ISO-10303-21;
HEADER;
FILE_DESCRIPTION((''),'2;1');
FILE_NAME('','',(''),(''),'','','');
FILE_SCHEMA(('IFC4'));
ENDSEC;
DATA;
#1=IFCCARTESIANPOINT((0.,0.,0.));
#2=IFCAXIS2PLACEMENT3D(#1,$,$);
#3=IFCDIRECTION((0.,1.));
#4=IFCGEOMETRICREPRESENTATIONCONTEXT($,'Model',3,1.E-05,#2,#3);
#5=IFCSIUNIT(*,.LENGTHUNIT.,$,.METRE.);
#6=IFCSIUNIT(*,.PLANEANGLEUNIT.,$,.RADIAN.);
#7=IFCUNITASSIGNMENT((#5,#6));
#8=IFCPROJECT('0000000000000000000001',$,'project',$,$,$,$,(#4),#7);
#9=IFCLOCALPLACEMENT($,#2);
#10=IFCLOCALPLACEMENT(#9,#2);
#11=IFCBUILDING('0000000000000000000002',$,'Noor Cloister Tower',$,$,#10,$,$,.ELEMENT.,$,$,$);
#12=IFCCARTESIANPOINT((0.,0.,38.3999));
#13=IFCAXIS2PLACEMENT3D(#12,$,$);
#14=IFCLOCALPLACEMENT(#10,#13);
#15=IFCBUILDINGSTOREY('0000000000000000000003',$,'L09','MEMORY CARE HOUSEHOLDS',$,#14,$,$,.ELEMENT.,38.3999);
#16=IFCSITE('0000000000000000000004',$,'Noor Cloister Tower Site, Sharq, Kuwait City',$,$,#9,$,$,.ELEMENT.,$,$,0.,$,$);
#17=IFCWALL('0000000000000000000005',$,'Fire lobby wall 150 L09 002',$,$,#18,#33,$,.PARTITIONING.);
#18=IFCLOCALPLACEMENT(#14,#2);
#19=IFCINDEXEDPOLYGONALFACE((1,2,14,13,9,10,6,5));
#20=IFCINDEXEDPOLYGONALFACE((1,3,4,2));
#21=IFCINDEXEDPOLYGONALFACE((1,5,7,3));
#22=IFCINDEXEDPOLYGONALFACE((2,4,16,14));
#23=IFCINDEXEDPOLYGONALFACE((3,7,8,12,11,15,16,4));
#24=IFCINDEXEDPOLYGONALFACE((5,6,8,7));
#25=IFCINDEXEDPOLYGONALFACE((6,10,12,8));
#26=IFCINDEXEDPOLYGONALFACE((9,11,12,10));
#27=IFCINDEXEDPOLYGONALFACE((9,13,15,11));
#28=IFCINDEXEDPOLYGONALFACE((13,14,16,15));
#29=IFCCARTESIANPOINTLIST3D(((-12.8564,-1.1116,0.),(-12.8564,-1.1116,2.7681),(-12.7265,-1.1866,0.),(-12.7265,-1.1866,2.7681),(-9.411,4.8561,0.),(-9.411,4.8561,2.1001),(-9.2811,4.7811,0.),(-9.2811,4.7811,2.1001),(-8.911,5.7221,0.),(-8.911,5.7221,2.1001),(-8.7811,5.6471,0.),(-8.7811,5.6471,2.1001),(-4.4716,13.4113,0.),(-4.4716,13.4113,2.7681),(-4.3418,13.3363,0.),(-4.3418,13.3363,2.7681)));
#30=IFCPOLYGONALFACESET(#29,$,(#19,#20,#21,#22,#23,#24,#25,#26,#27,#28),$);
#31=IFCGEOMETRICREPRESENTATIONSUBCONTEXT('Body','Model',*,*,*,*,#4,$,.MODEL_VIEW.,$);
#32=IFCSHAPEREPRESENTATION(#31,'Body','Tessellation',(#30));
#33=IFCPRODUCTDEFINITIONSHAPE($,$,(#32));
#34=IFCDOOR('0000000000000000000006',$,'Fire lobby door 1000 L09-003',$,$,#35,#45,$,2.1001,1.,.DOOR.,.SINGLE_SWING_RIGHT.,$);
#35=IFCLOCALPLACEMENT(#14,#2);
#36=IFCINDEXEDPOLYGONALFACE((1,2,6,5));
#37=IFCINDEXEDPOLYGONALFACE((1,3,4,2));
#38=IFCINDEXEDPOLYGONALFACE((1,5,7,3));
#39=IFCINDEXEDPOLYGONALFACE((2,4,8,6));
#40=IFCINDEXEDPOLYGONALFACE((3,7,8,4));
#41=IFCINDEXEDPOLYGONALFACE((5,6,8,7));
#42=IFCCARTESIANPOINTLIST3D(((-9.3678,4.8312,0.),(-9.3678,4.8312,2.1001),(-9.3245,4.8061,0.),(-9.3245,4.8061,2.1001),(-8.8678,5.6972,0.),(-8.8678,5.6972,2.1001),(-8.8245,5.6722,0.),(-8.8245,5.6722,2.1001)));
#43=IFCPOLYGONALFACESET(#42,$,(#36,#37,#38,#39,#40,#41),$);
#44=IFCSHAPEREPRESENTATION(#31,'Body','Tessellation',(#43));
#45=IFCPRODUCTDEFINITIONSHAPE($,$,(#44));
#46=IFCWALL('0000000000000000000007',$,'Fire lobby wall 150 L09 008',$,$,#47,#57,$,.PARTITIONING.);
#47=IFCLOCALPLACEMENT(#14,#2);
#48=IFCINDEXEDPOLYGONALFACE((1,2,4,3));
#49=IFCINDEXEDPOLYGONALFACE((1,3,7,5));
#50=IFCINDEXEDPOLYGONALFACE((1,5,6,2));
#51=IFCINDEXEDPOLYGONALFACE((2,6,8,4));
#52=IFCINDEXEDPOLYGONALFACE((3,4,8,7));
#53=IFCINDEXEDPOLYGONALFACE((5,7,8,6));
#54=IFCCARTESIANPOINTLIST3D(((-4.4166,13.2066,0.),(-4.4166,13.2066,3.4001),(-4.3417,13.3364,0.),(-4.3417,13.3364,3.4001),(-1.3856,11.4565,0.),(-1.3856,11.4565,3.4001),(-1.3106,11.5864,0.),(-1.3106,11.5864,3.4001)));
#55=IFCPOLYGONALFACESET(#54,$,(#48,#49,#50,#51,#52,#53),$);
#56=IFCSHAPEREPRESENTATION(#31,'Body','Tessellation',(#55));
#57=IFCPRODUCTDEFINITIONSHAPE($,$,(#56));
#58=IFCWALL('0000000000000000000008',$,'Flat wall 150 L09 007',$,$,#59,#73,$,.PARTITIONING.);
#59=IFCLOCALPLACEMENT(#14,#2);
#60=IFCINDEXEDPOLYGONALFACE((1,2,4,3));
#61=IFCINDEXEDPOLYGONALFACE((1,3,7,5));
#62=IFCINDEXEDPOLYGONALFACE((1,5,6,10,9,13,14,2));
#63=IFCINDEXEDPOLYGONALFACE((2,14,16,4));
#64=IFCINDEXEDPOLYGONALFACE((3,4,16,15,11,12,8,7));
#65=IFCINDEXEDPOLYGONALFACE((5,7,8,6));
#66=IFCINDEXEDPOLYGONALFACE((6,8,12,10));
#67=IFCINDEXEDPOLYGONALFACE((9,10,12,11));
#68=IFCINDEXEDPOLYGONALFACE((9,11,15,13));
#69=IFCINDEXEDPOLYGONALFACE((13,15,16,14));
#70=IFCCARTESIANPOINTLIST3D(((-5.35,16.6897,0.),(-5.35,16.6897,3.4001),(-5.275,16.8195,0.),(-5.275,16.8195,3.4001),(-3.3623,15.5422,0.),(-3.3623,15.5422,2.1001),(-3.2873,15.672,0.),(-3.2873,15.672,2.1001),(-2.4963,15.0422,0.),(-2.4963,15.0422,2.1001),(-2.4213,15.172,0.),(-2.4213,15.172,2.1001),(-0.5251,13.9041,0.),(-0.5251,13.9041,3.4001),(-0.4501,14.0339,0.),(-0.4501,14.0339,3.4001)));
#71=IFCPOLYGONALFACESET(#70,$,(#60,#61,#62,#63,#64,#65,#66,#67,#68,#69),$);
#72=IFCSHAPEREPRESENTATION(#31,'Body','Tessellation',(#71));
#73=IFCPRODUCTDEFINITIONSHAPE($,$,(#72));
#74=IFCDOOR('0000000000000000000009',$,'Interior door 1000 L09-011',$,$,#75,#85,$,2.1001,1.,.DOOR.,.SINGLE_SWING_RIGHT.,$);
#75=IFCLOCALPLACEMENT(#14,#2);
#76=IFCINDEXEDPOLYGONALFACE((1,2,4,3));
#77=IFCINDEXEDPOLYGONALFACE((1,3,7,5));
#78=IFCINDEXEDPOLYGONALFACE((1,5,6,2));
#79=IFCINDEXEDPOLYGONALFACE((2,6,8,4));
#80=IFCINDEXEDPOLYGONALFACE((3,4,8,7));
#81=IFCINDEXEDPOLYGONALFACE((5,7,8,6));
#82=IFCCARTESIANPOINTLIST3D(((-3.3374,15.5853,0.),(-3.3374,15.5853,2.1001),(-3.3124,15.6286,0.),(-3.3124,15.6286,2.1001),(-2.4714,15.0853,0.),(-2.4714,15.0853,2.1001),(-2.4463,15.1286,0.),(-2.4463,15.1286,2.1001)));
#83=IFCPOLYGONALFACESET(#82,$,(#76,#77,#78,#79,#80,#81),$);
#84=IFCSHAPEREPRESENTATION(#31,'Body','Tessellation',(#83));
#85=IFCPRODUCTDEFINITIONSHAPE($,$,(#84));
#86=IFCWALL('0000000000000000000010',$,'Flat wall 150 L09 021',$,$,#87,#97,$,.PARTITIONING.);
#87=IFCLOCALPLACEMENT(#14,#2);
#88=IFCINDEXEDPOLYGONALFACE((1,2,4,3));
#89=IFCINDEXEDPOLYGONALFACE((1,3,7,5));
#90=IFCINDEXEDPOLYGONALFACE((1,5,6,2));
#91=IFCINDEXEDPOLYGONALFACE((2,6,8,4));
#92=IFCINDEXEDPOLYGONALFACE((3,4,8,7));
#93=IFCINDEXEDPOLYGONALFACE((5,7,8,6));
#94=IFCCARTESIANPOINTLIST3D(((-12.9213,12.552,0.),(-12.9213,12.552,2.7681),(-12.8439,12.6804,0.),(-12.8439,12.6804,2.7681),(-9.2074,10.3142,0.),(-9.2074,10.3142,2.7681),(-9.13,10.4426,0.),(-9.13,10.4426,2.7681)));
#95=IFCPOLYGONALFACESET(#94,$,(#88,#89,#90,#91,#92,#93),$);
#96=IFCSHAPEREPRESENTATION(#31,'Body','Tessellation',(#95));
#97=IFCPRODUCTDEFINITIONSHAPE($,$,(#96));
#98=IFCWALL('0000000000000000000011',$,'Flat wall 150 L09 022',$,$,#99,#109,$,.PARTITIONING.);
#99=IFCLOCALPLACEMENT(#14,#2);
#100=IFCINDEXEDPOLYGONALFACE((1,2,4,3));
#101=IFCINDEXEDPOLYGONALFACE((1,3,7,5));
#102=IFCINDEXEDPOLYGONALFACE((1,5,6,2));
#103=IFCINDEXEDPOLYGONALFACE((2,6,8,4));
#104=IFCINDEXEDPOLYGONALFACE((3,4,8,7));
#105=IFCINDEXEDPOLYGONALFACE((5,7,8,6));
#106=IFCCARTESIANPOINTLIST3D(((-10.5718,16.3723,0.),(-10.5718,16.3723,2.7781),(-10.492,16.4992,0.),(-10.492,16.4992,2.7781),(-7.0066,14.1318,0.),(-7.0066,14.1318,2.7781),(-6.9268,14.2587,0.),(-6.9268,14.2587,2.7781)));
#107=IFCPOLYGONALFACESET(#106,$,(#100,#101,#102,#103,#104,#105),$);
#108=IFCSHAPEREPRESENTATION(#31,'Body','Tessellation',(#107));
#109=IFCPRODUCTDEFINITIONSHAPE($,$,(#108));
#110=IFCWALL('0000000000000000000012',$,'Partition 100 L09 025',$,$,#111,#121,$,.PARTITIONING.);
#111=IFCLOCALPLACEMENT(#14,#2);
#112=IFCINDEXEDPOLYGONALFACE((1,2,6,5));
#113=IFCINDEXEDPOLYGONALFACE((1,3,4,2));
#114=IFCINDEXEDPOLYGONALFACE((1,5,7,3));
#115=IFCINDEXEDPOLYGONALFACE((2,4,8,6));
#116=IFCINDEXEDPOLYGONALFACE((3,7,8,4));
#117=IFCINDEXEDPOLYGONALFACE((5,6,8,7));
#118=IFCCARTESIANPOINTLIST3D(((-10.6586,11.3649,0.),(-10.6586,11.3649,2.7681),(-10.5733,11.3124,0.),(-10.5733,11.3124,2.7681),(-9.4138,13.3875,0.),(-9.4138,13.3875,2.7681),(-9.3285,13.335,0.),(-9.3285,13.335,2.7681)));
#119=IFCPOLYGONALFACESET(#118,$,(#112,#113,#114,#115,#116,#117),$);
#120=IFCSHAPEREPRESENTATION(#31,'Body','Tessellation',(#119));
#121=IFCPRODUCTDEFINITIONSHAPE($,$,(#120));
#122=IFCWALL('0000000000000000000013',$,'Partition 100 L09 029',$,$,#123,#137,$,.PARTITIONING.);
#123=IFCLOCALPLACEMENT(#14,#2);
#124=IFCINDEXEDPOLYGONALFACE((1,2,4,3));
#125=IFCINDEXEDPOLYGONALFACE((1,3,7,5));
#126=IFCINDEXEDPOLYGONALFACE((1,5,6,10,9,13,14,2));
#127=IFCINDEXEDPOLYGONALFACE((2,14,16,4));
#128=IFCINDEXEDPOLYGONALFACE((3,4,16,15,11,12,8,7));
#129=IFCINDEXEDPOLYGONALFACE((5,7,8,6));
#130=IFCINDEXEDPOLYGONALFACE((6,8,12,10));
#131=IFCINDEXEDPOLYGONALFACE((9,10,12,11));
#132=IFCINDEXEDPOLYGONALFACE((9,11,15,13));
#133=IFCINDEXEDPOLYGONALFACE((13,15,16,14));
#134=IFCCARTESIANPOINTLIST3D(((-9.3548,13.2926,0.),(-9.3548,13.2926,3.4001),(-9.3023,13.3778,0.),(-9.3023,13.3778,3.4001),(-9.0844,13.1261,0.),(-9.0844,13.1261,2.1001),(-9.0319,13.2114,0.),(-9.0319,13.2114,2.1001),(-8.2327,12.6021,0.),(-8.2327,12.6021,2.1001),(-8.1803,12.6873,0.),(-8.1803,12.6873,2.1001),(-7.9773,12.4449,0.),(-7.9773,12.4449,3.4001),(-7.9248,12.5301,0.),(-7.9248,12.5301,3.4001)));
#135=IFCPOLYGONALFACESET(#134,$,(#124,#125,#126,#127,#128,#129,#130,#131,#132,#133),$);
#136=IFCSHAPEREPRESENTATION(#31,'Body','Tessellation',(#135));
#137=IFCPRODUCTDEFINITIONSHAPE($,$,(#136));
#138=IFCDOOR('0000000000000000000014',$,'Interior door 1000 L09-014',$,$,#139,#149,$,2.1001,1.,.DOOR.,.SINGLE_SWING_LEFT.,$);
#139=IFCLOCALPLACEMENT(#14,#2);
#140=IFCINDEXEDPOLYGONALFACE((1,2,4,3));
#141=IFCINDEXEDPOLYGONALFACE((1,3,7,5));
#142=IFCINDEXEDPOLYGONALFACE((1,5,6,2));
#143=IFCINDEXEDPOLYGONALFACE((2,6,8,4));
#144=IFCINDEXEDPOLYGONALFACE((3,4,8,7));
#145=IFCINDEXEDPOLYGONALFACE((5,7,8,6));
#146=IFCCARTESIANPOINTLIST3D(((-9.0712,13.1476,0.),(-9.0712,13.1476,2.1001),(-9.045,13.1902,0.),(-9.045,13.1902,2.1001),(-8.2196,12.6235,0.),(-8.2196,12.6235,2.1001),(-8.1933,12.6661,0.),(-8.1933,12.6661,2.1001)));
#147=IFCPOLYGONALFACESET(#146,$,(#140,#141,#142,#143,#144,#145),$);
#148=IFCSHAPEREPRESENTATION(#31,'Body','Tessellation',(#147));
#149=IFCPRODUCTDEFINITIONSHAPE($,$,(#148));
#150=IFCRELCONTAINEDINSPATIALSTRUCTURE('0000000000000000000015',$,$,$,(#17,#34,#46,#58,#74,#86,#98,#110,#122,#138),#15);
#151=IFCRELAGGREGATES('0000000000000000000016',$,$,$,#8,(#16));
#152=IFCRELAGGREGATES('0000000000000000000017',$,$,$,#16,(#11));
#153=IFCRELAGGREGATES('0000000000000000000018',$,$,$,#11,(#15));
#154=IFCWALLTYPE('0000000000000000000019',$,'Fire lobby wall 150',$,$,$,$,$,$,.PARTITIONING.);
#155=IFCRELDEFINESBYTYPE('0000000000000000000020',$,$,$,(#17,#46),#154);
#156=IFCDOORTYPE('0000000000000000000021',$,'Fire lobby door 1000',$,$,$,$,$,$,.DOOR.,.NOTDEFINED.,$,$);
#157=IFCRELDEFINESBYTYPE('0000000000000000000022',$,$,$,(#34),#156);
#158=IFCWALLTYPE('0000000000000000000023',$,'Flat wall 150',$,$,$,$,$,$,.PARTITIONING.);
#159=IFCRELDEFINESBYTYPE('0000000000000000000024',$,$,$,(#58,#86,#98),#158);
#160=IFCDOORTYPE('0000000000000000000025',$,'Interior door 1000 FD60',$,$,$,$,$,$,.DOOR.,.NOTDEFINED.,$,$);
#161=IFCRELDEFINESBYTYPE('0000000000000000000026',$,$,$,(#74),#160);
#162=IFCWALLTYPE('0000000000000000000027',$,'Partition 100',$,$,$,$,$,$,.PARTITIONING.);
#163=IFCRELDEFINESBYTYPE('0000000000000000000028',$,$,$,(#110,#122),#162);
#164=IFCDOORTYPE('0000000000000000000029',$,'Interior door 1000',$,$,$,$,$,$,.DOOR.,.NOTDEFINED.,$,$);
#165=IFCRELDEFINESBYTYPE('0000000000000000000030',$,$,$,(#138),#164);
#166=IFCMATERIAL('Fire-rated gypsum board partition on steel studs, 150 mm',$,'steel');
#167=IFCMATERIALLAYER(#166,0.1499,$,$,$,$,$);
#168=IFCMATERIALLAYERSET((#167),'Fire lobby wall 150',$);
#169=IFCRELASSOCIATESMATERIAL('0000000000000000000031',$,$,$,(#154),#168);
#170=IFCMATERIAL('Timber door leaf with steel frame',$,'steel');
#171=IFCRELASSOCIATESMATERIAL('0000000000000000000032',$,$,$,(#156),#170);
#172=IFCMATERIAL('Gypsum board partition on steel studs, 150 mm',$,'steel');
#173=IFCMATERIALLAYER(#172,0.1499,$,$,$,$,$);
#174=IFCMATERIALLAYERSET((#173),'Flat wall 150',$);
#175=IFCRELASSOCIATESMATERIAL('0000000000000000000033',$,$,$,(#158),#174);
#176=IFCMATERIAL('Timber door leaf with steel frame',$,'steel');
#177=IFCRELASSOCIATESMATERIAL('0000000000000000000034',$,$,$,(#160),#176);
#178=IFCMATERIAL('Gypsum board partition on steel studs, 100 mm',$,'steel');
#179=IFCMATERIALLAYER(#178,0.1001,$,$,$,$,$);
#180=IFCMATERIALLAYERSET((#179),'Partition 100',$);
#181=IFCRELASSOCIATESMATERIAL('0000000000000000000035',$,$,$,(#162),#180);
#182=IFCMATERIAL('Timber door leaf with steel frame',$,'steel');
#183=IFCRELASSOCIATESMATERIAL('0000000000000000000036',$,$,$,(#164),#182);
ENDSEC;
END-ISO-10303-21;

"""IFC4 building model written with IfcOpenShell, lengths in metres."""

from ifc_helpers import new_model, si_unit, direction, frame, frame_2d, origin, place, context, subcontext, project, spatial, rectangle, extrude, material, layer, layer_set, type_object, element, fill, save


model = new_model("IFC4")

# Units and contexts
model_context = context("Model", 3, precision=1e-05, world=origin(), true_north=direction((0.0, 1.0)))
body_context = subcontext(model_context, "Body", "Model", "MODEL_VIEW")
ifc_project = project(units=[si_unit("LENGTHUNIT", "METRE"), si_unit("PLANEANGLEUNIT", "RADIAN")], contexts=[model_context])

# Site, building, storey
site_placement = place(None, origin())
site = spatial("IfcSite", under=ifc_project, at=site_placement, Name="Noor Cloister Tower Site, Sharq, Kuwait City", CompositionType="ELEMENT", RefElevation=0.0)
building_placement = place(site_placement, origin())
building = spatial("IfcBuilding", under=site, at=building_placement, Name="Noor Cloister Tower", CompositionType="ELEMENT")
storey_placement = place(building_placement, frame((0.0, 0.0, 38.3999)))
storey = spatial("IfcBuildingStorey", under=building, at=storey_placement, Name="L09", Description="MEMORY CARE HOUSEHOLDS", CompositionType="ELEMENT", Elevation=38.3999)

# Wall, opening, door
ifc_material_1 = material(Name="Fire-rated gypsum board partition on steel studs, 150 mm", Category="steel")
ifc_layer_1 = layer(ifc_material_1, 0.1499)
ifc_layer_set_1 = layer_set([ifc_layer_1], Name="Fire lobby wall 150")
wall_type_1 = type_object("IfcWallType", Name="Fire lobby wall 150", PredefinedType="PARTITIONING", material=ifc_layer_set_1)
wall_1_placement = place(storey_placement, frame((-4.4067, 13.3738, 0.0), z_axis=(0.0, 0.0, 1.0), x_axis=(-0.499997, -0.866027, 0.0)))
wall_1 = element("IfcWall", 1, at=wall_1_placement, inside=storey, type_object=wall_type_1, Name="Fire lobby wall 150 L09 002", PredefinedType="PARTITIONING", context=body_context, shape_type="SweptSolid", body=[
    extrude(rectangle(XDim=16.7695, YDim=0.1499, at=frame_2d((8.3848, 0.0))), origin(), (0.0, 0.0, 1.0), 2.7681),
])
opening_1_placement = place(wall_1_placement, frame((8.8787, 0.0, 0.0)))
opening_1 = element("IfcOpeningElement", 2, at=opening_1_placement, cuts=wall_1, PredefinedType="OPENING", context=body_context, shape_type="SweptSolid", body=[
    extrude(rectangle(XDim=1.0, YDim=2.1001, at=frame_2d((0.5, 1.05))), frame((0.0, 0.085, 0.0), z_axis=(0.0, -1.0, 0.0), x_axis=(1.0, 0.0, 0.0)), (0.0, 0.0, 1.0), 0.1699),
])
ifc_material_2 = material(Name="Timber door leaf with steel frame", Category="steel")
door_type_1 = type_object("IfcDoorType", Name="Fire lobby door 1000", OperationType="NOTDEFINED", PredefinedType="DOOR", material=ifc_material_2)
door_1_placement = place(opening_1_placement, origin())
door_1 = element("IfcDoor", 3, at=door_1_placement, inside=storey, type_object=door_type_1, Name="Fire lobby door 1000 L09-003", OperationType="SINGLE_SWING_RIGHT", OverallHeight=2.1001, OverallWidth=1.0, PredefinedType="DOOR", context=body_context, shape_type="SweptSolid", body=[
    extrude(rectangle(XDim=1.0, YDim=2.1001, at=frame_2d((0.5, 1.05))), frame((0.0, 0.0249, 0.0), z_axis=(0.0, -1.0, 0.0), x_axis=(1.0, 0.0, 0.0)), (0.0, 0.0, 1.0), 0.05),
])
fill(opening_1, door_1)

# Wall
wall_2_placement = place(storey_placement, frame((-4.3792, 13.2715, 0.0), z_axis=(0.0, 0.0, 1.0), x_axis=(0.866019, -0.50001, 0.0)))
element("IfcWall", 4, at=wall_2_placement, inside=storey, type_object=wall_type_1, Name="Fire lobby wall 150 L09 008", PredefinedType="PARTITIONING", context=body_context, shape_type="SweptSolid", body=[
    extrude(rectangle(XDim=3.5, YDim=0.1499, at=frame_2d((1.75, 0.0))), origin(), (0.0, 0.0, 1.0), 3.4001),
])

# Wall, opening, door
ifc_material_3 = material(Name="Gypsum board partition on steel studs, 150 mm", Category="steel")
ifc_layer_2 = layer(ifc_material_3, 0.1499)
ifc_layer_set_2 = layer_set([ifc_layer_2], Name="Flat wall 150")
wall_type_2 = type_object("IfcWallType", Name="Flat wall 150", PredefinedType="PARTITIONING", material=ifc_layer_set_2)
wall_3_placement = place(storey_placement, frame((-5.3125, 16.7546, 0.0), z_axis=(0.0, 0.0, 1.0), x_axis=(0.866029, -0.499994, 0.0)))
wall_3 = element("IfcWall", 5, at=wall_3_placement, inside=storey, type_object=wall_type_2, Name="Flat wall 150 L09 007", PredefinedType="PARTITIONING", context=body_context, shape_type="SweptSolid", body=[
    extrude(rectangle(XDim=5.5713, YDim=0.1499, at=frame_2d((2.7856, 0.0))), origin(), (0.0, 0.0, 1.0), 3.4001),
])
opening_2_placement = place(wall_3_placement, frame((2.2952, 0.0, 0.0)))
opening_2 = element("IfcOpeningElement", 6, at=opening_2_placement, cuts=wall_3, PredefinedType="OPENING", context=body_context, shape_type="SweptSolid", body=[
    extrude(rectangle(XDim=1.0, YDim=2.1001, at=frame_2d((0.5, 1.05))), frame((0.0, 0.085, 0.0), z_axis=(0.0, -1.0, 0.0), x_axis=(1.0, 0.0, 0.0)), (0.0, 0.0, 1.0), 0.1699),
])
ifc_material_4 = material(Name="Timber door leaf with steel frame", Category="steel")
door_type_2 = type_object("IfcDoorType", Name="Interior door 1000 FD60", OperationType="NOTDEFINED", PredefinedType="DOOR", material=ifc_material_4)
door_2_placement = place(opening_2_placement, origin())
door_2 = element("IfcDoor", 7, at=door_2_placement, inside=storey, type_object=door_type_2, Name="Interior door 1000 L09-011", OperationType="SINGLE_SWING_RIGHT", OverallHeight=2.1001, OverallWidth=1.0, PredefinedType="DOOR", context=body_context, shape_type="SweptSolid", body=[
    extrude(rectangle(XDim=1.0, YDim=2.1001, at=frame_2d((0.5, 1.05))), frame((0.0, 0.0249, 0.0), z_axis=(0.0, -1.0, 0.0), x_axis=(1.0, 0.0, 0.0)), (0.0, 0.0, 1.0), 0.05),
])
fill(opening_2, door_2)

# Walls
wall_4_placement = place(storey_placement, frame((-12.8826, 12.6162, 0.0), z_axis=(0.0, 0.0, 1.0), x_axis=(0.856528, -0.516101, 0.0)))
element("IfcWall", 8, at=wall_4_placement, inside=storey, type_object=wall_type_2, Name="Flat wall 150 L09 021", PredefinedType="PARTITIONING", context=body_context, shape_type="SweptSolid", body=[
    extrude(rectangle(XDim=4.3359, YDim=0.1499, at=frame_2d((2.168, 0.0))), origin(), (0.0, 0.0, 1.0), 2.7681),
])
wall_5_placement = place(storey_placement, frame((-10.532, 16.4358, 0.0), z_axis=(0.0, 0.0, 1.0), x_axis=(0.84669, -0.532087, 0.0)))
element("IfcWall", 9, at=wall_5_placement, inside=storey, type_object=wall_type_2, Name="Flat wall 150 L09 022", PredefinedType="PARTITIONING", context=body_context, shape_type="SweptSolid", body=[
    extrude(rectangle(XDim=4.2107, YDim=0.1499, at=frame_2d((2.1055, 0.0))), origin(), (0.0, 0.0, 1.0), 2.7781),
])
ifc_material_5 = material(Name="Gypsum board partition on steel studs, 100 mm", Category="steel")
ifc_layer_3 = layer(ifc_material_5, 0.1001)
ifc_layer_set_3 = layer_set([ifc_layer_3], Name="Partition 100")
wall_type_3 = type_object("IfcWallType", Name="Partition 100", PredefinedType="PARTITIONING", material=ifc_layer_set_3)
wall_6_placement = place(storey_placement, frame((-10.616, 11.3386, 0.0), z_axis=(0.0, 0.0, 1.0), x_axis=(0.524138, 0.851634, 0.0)))
element("IfcWall", 10, at=wall_6_placement, inside=storey, type_object=wall_type_3, Name="Partition 100 L09 025", PredefinedType="PARTITIONING", context=body_context, shape_type="SweptSolid", body=[
    extrude(rectangle(XDim=2.375, YDim=0.1001, at=frame_2d((1.1875, 0.0))), origin(), (0.0, 0.0, 1.0), 2.7681),
])

# Wall, opening, door
wall_7_placement = place(storey_placement, frame((-7.9512, 12.4875, 0.0), z_axis=(0.0, 0.0, 1.0), x_axis=(-0.851658, 0.524097, 0.0)))
wall_7 = element("IfcWall", 11, at=wall_7_placement, inside=storey, type_object=wall_type_3, Name="Partition 100 L09 029", PredefinedType="PARTITIONING", context=body_context, shape_type="SweptSolid", body=[
    extrude(rectangle(XDim=1.6174, YDim=0.1001, at=frame_2d((0.8086, 0.0))), origin(), (0.0, 0.0, 1.0), 3.4001),
])
opening_3_placement = place(wall_7_placement, frame((0.2998, 0.0, 0.0)))
opening_3 = element("IfcOpeningElement", 12, at=opening_3_placement, cuts=wall_7, PredefinedType="OPENING", context=body_context, shape_type="SweptSolid", body=[
    extrude(rectangle(XDim=1.0, YDim=2.1001, at=frame_2d((0.5, 1.05))), frame((0.0, 0.0601, 0.0), z_axis=(0.0, -1.0, 0.0), x_axis=(1.0, 0.0, 0.0)), (0.0, 0.0, 1.0), 0.1201),
])
ifc_material_6 = material(Name="Timber door leaf with steel frame", Category="steel")
door_type_3 = type_object("IfcDoorType", Name="Interior door 1000", OperationType="NOTDEFINED", PredefinedType="DOOR", material=ifc_material_6)
door_3_placement = place(opening_3_placement, origin())
door_3 = element("IfcDoor", 13, at=door_3_placement, inside=storey, type_object=door_type_3, Name="Interior door 1000 L09-014", OperationType="SINGLE_SWING_LEFT", OverallHeight=2.1001, OverallWidth=1.0, PredefinedType="DOOR", context=body_context, shape_type="SweptSolid", body=[
    extrude(rectangle(XDim=1.0, YDim=2.1001, at=frame_2d((0.5, 1.05))), frame((0.0, 0.0249, 0.0), z_axis=(0.0, -1.0, 0.0), x_axis=(1.0, 0.0, 0.0)), (0.0, 0.0, 1.0), 0.05),
])
fill(opening_3, door_3)

save(model, "model.ifc")
